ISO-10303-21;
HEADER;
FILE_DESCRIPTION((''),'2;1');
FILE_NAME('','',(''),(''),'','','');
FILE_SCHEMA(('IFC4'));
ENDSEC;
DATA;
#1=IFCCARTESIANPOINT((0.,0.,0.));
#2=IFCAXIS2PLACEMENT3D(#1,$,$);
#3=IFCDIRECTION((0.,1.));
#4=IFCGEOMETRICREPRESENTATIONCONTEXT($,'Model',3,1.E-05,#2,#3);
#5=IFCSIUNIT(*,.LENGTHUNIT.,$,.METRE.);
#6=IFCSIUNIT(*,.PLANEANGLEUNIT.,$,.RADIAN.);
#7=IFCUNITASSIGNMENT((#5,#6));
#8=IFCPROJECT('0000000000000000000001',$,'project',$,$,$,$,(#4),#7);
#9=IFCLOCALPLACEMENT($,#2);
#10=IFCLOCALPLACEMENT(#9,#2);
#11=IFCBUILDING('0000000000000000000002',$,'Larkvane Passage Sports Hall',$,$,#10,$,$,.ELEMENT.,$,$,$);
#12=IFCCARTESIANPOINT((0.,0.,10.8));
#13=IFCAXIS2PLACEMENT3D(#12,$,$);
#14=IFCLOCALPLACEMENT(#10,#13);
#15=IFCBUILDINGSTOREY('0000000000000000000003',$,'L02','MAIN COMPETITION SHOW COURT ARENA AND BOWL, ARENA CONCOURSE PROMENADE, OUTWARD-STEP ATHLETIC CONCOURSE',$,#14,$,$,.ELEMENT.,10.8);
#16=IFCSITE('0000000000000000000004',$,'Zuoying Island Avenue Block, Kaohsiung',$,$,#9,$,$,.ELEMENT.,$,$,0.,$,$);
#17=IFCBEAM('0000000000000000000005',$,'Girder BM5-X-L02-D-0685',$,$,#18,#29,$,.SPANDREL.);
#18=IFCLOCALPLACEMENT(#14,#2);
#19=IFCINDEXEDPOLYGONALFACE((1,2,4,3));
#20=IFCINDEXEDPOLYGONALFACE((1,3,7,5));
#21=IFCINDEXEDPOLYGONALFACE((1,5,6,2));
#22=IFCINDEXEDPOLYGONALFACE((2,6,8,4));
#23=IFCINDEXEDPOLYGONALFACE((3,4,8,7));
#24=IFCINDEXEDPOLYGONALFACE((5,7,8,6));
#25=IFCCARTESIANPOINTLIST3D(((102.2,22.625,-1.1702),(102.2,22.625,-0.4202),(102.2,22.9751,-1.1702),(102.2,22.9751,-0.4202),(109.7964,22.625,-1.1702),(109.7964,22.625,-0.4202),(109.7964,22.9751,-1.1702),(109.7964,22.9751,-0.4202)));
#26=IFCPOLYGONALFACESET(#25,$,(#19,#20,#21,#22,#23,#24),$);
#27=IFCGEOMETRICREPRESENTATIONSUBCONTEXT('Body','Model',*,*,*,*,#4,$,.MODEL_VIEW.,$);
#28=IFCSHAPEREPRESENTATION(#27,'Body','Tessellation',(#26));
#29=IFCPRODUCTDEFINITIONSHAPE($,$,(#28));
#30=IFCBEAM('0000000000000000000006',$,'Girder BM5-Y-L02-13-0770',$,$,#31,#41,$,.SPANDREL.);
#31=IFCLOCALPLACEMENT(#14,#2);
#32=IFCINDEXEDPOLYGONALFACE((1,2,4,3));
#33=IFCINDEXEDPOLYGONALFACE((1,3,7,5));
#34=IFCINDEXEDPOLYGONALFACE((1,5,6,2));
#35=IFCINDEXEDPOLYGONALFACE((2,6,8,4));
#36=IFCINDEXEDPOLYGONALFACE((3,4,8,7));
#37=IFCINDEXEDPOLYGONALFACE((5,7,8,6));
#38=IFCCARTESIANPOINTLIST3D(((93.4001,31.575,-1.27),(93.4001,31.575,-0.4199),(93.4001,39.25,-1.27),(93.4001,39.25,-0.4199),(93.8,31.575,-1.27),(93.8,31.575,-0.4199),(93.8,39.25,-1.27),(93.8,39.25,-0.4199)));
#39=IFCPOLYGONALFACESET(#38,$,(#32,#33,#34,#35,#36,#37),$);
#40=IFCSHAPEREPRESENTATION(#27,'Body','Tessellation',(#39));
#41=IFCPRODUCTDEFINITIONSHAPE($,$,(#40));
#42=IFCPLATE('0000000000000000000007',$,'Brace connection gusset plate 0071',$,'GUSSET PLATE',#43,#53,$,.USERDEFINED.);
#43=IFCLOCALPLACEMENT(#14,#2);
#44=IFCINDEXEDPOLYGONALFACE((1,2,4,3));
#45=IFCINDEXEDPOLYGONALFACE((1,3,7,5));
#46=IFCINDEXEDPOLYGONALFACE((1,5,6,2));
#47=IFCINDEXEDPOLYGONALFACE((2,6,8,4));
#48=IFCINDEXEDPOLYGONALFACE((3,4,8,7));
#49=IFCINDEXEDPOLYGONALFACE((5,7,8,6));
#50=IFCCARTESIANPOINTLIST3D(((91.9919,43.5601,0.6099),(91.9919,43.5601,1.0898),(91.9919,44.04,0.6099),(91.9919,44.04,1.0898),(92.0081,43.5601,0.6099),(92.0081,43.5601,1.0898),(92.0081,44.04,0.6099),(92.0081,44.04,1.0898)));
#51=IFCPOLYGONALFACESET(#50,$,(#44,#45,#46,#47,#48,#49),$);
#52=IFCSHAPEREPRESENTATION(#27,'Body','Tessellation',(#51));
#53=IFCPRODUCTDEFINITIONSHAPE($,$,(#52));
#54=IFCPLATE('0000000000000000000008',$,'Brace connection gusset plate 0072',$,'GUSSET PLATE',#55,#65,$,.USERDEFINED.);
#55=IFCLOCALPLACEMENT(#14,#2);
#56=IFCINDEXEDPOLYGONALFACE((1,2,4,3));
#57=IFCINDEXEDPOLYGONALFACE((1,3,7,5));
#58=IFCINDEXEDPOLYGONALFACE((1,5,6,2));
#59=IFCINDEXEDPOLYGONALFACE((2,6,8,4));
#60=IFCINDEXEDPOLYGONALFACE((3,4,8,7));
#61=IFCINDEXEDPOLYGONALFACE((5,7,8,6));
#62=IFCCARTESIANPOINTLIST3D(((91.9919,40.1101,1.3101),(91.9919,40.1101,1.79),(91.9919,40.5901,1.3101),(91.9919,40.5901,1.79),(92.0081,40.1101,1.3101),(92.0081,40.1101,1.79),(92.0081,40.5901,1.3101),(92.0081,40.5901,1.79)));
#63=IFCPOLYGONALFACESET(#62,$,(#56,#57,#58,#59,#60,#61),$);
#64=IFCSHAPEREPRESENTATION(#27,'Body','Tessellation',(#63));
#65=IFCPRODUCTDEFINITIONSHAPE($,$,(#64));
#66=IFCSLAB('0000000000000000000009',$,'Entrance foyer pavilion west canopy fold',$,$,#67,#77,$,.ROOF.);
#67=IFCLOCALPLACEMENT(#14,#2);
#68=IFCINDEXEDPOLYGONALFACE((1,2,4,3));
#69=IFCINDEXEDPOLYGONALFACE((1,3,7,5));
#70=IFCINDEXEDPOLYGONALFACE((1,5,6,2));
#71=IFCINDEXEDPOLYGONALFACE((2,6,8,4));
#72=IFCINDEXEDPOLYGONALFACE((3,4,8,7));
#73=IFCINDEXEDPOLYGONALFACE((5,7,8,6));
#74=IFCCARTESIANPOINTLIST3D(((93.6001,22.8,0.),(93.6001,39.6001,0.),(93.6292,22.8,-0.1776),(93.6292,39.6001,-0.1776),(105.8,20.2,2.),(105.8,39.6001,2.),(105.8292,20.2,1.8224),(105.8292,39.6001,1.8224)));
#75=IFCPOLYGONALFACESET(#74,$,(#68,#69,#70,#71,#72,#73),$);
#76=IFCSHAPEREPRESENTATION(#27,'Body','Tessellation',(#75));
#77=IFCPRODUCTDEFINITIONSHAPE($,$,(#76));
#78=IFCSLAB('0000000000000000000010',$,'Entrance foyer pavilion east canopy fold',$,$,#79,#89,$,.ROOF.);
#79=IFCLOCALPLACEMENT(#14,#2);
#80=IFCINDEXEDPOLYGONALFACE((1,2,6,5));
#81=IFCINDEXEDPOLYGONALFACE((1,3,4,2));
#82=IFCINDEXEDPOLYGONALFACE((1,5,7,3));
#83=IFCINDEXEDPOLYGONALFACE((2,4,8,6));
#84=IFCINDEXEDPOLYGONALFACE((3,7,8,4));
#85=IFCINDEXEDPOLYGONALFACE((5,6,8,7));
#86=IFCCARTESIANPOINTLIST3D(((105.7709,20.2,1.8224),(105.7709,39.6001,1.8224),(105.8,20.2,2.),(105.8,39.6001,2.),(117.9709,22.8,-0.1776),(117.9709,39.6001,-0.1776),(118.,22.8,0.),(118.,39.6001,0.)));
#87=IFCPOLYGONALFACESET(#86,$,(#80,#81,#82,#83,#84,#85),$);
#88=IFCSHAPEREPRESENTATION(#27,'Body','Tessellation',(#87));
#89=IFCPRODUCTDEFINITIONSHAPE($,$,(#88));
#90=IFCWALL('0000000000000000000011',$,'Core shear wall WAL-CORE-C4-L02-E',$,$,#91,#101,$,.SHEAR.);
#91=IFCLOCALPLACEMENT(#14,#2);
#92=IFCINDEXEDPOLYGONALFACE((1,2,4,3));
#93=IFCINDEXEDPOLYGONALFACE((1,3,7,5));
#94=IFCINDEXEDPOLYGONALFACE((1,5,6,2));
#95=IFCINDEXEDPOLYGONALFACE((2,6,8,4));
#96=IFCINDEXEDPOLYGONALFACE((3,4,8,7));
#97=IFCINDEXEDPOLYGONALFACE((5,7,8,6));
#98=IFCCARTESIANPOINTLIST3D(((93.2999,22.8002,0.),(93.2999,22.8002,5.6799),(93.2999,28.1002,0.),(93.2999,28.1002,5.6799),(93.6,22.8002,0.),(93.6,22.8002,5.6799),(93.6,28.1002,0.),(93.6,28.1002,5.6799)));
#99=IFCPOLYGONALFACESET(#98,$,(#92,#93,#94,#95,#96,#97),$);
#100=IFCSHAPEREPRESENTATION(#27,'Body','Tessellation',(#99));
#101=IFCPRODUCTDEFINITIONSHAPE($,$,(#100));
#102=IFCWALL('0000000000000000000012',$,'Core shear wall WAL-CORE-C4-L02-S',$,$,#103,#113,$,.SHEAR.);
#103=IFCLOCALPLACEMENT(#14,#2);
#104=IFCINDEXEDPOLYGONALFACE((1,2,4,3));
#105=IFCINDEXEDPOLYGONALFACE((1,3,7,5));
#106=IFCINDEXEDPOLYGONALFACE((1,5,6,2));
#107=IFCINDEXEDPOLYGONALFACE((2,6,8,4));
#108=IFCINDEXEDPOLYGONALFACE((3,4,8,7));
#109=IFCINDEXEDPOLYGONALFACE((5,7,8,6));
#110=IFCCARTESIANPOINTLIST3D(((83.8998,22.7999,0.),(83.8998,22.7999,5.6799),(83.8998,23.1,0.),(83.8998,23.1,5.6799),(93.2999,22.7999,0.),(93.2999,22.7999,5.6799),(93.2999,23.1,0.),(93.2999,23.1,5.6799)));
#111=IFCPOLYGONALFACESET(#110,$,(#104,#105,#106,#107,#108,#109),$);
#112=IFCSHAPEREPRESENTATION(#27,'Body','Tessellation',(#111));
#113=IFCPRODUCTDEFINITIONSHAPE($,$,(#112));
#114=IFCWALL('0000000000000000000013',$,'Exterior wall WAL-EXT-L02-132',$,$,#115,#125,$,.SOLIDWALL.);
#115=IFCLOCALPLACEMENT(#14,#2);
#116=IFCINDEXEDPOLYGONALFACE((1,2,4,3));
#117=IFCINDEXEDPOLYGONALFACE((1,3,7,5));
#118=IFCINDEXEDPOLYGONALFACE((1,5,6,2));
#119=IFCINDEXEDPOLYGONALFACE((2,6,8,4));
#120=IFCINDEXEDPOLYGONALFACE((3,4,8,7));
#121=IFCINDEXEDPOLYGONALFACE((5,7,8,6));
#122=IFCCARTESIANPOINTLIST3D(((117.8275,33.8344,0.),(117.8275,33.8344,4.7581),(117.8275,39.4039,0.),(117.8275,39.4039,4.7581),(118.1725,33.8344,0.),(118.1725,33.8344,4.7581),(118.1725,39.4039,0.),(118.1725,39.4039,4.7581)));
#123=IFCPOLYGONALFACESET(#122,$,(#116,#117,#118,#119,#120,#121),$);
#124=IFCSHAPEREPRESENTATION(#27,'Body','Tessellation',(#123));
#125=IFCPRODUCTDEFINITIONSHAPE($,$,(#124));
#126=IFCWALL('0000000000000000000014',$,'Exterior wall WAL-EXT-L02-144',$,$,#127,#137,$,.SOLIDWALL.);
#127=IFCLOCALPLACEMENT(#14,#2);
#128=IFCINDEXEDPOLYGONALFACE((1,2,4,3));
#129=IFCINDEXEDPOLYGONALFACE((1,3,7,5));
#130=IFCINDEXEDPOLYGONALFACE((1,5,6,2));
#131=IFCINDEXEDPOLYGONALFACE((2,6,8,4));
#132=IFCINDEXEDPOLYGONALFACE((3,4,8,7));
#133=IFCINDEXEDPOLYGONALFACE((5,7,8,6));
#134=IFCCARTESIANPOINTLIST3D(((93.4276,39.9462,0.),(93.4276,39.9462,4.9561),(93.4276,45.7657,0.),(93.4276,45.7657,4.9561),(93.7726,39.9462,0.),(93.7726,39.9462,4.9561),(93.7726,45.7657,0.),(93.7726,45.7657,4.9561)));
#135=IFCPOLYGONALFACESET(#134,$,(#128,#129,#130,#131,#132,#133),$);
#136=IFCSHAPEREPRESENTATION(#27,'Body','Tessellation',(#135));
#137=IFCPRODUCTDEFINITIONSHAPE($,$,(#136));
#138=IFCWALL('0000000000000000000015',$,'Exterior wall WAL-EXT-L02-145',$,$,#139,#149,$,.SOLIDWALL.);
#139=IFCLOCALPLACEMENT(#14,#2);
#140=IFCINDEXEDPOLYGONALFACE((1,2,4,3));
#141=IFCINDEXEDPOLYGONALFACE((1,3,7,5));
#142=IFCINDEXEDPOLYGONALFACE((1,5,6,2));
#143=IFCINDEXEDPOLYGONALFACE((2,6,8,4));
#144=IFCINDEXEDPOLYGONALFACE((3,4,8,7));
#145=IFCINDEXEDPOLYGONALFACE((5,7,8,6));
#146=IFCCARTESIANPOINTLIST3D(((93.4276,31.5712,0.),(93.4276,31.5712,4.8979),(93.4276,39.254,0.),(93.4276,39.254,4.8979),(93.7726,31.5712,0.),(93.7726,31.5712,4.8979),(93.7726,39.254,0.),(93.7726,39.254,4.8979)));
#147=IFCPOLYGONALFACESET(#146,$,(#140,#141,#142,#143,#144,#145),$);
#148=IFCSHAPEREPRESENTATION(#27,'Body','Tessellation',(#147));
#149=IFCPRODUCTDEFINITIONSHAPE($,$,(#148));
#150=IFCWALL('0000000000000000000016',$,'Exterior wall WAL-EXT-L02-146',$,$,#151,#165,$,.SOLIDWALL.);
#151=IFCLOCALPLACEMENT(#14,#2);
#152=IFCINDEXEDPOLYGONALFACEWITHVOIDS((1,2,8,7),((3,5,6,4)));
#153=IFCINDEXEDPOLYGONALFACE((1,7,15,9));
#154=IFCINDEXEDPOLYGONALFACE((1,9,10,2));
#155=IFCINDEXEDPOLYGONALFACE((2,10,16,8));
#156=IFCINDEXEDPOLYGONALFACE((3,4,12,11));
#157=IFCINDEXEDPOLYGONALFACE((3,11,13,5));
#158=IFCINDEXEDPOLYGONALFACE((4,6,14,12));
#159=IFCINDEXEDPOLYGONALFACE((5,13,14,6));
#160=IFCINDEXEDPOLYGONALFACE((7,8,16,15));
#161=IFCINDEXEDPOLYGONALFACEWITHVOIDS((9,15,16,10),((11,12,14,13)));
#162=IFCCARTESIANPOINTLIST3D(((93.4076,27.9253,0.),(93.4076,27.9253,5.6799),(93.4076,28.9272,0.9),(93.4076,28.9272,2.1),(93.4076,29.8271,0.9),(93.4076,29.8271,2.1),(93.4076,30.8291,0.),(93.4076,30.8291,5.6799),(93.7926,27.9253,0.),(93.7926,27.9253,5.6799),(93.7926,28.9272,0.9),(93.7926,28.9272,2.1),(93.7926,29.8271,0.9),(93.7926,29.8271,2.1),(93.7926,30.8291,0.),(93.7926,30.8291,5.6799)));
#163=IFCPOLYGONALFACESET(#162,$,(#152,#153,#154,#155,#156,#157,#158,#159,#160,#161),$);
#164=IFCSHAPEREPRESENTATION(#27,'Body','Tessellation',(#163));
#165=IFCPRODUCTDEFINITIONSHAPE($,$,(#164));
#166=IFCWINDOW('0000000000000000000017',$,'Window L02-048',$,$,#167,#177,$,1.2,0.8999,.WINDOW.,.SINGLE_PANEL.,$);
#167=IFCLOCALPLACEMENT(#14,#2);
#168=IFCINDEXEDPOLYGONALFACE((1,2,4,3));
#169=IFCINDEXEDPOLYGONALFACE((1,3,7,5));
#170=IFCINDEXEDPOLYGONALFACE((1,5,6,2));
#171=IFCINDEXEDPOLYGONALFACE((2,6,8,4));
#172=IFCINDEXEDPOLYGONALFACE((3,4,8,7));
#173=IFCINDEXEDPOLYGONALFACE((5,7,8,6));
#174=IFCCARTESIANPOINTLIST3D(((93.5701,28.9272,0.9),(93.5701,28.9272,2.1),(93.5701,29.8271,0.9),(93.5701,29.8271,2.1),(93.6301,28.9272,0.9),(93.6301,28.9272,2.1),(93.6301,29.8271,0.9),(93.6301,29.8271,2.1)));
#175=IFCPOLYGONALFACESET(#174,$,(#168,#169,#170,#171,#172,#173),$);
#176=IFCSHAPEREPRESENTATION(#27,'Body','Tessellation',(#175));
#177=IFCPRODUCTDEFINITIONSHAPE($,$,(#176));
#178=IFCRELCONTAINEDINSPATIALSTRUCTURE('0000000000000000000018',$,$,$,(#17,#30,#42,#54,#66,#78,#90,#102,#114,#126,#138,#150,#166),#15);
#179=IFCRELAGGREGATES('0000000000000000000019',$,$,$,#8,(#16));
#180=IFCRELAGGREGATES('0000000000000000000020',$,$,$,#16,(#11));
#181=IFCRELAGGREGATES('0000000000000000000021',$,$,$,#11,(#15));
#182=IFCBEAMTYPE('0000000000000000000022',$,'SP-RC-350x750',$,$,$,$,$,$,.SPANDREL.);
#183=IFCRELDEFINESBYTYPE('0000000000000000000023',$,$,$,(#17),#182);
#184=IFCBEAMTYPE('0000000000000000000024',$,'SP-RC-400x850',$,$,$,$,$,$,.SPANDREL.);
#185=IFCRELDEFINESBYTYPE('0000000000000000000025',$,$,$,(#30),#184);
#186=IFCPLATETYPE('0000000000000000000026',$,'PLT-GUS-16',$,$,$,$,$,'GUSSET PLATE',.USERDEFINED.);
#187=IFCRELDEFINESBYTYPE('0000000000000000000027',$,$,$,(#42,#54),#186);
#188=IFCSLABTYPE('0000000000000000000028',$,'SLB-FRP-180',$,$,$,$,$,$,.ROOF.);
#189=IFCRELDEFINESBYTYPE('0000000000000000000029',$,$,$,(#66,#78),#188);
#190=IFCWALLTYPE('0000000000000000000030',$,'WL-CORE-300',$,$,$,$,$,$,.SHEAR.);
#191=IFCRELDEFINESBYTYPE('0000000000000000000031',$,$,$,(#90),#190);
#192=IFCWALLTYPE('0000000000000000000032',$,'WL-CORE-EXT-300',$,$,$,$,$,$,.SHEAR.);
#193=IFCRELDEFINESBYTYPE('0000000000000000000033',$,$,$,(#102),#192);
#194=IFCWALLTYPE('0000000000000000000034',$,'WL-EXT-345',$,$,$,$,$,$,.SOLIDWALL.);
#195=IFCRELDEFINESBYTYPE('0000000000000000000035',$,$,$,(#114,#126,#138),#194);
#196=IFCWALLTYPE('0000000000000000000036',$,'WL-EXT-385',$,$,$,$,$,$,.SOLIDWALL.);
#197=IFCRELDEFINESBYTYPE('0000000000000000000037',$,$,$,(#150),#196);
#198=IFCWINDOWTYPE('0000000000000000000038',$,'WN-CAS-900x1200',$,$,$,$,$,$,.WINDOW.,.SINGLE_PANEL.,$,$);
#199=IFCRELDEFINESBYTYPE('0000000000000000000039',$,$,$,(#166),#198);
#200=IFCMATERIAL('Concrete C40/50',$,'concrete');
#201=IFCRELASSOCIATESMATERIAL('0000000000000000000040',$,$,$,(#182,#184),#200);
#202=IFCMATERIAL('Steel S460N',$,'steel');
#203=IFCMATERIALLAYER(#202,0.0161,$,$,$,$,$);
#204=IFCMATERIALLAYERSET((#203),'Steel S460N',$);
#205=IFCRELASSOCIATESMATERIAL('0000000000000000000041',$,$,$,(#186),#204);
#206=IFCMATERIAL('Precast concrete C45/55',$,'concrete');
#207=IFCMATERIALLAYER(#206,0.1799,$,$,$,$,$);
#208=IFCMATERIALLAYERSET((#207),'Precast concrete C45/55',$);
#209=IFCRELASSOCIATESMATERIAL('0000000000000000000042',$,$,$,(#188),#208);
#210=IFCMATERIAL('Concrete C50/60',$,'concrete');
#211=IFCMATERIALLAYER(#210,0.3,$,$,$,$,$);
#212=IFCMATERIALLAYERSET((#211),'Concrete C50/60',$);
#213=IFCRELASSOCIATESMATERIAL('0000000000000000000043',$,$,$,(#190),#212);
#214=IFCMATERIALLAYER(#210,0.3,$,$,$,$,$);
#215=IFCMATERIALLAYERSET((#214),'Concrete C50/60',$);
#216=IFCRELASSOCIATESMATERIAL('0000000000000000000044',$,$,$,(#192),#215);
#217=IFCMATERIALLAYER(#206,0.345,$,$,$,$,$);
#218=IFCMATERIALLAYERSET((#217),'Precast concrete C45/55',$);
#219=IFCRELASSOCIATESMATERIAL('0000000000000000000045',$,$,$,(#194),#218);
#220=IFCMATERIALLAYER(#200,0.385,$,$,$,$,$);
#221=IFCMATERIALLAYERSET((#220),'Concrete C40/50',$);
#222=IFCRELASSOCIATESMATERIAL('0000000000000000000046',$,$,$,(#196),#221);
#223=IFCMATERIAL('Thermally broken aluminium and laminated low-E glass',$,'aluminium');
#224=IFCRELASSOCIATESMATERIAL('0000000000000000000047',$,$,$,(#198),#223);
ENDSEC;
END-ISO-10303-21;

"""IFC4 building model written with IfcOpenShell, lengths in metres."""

from ifc_helpers import new_model, si_unit, direction, frame, frame_2d, origin, origin_2d, place, context, subcontext, project, spatial, polyline, rectangle, outline, extrude, material, layer, layer_set, material_profile, profile_set, type_object, element, fill, save


model = new_model("IFC4")

# Units and contexts
model_context = context("Model", 3, precision=1e-05, world=origin(), true_north=direction((0.0, 1.0)))
body_context = subcontext(model_context, "Body", "Model", "MODEL_VIEW")
ifc_project = project(units=[si_unit("LENGTHUNIT", "METRE"), si_unit("PLANEANGLEUNIT", "RADIAN")], contexts=[model_context])

# Site, building, storey
site_placement = place(None, origin())
site = spatial("IfcSite", under=ifc_project, at=site_placement, Name="Zuoying Island Avenue Block, Kaohsiung", CompositionType="ELEMENT", RefElevation=0.0)
building_placement = place(site_placement, origin())
building = spatial("IfcBuilding", under=site, at=building_placement, Name="Larkvane Passage Sports Hall", CompositionType="ELEMENT")
storey_placement = place(building_placement, frame((0.0, 0.0, 10.8)))
storey = spatial("IfcBuildingStorey", under=building, at=storey_placement, Name="L02", Description="MAIN COMPETITION SHOW COURT ARENA AND BOWL, ARENA CONCOURSE PROMENADE, OUTWARD-STEP ATHLETIC CONCOURSE", CompositionType="ELEMENT", Elevation=10.8)

# Shared definitions
ifc_material_1 = material(Name="Concrete C40/50", Category="concrete")
ifc_material_2 = material(Name="Steel S460N", Category="steel")

# Beams
ifc_material_profile_1 = material_profile(ifc_material_1, rectangle(XDim=0.3501, YDim=0.75, at=origin_2d()), Name="RC-SP-350x750")
ifc_profile_set_1 = profile_set([ifc_material_profile_1], Name="Concrete C40/50")
beam_type_1 = type_object("IfcBeamType", Name="SP-RC-350x750", PredefinedType="SPANDREL", material=ifc_profile_set_1)
beam_1_placement = place(storey_placement, frame((102.2, 22.8, -0.7952), z_axis=(1.0, 0.0, 0.0), x_axis=(0.0, 1.0, 0.0)))
element("IfcBeam", 1, at=beam_1_placement, inside=storey, type_object=beam_type_1, Name="Girder BM5-X-L02-D-0685", PredefinedType="SPANDREL", context=body_context, shape_type="SweptSolid", body=[
    extrude(rectangle(XDim=0.3501, YDim=0.75, at=origin_2d()), origin(), (0.0, 0.0, 1.0), 7.5964),
])
ifc_material_profile_2 = material_profile(ifc_material_1, rectangle(XDim=0.3999, YDim=0.8501, at=origin_2d()), Name="RC-SP-400x850")
ifc_profile_set_2 = profile_set([ifc_material_profile_2], Name="Concrete C40/50")
beam_type_2 = type_object("IfcBeamType", Name="SP-RC-400x850", PredefinedType="SPANDREL", material=ifc_profile_set_2)
beam_2_placement = place(storey_placement, frame((93.6001, 31.575, -0.845), z_axis=(0.0, 1.0, 0.0), x_axis=(-1.0, 0.0, 0.0)))
element("IfcBeam", 2, at=beam_2_placement, inside=storey, type_object=beam_type_2, Name="Girder BM5-Y-L02-13-0770", PredefinedType="SPANDREL", context=body_context, shape_type="SweptSolid", body=[
    extrude(rectangle(XDim=0.3999, YDim=0.8501, at=origin_2d()), origin(), (0.0, 0.0, 1.0), 7.675),
])

# Plates
ifc_layer_1 = layer(ifc_material_2, 0.0161)
ifc_layer_set_1 = layer_set([ifc_layer_1], Name="Steel S460N")
plate_type = type_object("IfcPlateType", Name="PLT-GUS-16", ElementType="GUSSET PLATE", PredefinedType="USERDEFINED", material=ifc_layer_set_1)
for number, where, z_axis, x_axis, name in (
    (3, (92.0, 43.8, 0.6099), (0.0, 0.0, 1.0), (0.0, -1.0, 0.0), "Brace connection gusset plate 0071"),
    (4, (92.0, 40.3501, 1.3101), (0.0, 0.0, 1.0), (0.0, -1.0, 0.0), "Brace connection gusset plate 0072"),
):
    element("IfcPlate", number, at=place(storey_placement, frame(where, z_axis=z_axis, x_axis=x_axis)), inside=storey, type_object=plate_type, Name=name, ObjectType="GUSSET PLATE", PredefinedType="USERDEFINED", context=body_context, shape_type="SweptSolid", body=[
        extrude(rectangle(XDim=0.48, YDim=0.0161, at=origin_2d()), origin(), (0.0, 0.0, 1.0), 0.48),
    ])

# Slabs
ifc_material_3 = material(Name="Precast concrete C45/55", Category="concrete")
ifc_layer_2 = layer(ifc_material_3, 0.1799)
ifc_layer_set_2 = layer_set([ifc_layer_2], Name="Precast concrete C45/55")
slab_type = type_object("IfcSlabType", Name="SLB-FRP-180", PredefinedType="ROOF", material=ifc_layer_set_2)
slab_1_placement = place(storey_placement, frame((93.6001, 22.8, 0.0), z_axis=(-0.161776, 0.0, 0.986828), x_axis=(0.965701, -0.205814, 0.158312)))
element("IfcSlab", 5, at=slab_1_placement, inside=storey, type_object=slab_type, Name="Entrance foyer pavilion west canopy fold", PredefinedType="ROOF", context=body_context, shape_type="SweptSolid", body=[
    extrude(outline(polyline([(0.0, 0.0), (12.6333, 0.0), (8.6404, 18.9848), (-3.4577, 16.4404), (0.0, 0.0)])), origin(), (0.0, 0.0, -1.0), 0.1799),
])
slab_2_placement = place(storey_placement, frame((105.8, 20.2, 2.0), z_axis=(0.161776, 0.0, 0.986828), x_axis=(0.965701, 0.205814, -0.158312)))
element("IfcSlab", 6, at=slab_2_placement, inside=storey, type_object=slab_type, Name="Entrance foyer pavilion east canopy fold", PredefinedType="ROOF", context=body_context, shape_type="SweptSolid", body=[
    extrude(outline(polyline([(0.0, 0.0), (12.6333, 0.0), (16.0909, 16.4404), (3.9928, 18.9848), (0.0, 0.0)])), origin(), (0.0, 0.0, -1.0), 0.1799),
])

# Walls
ifc_material_4 = material(Name="Concrete C50/60", Category="concrete")
ifc_layer_3 = layer(ifc_material_4, 0.3)
ifc_layer_set_3 = layer_set([ifc_layer_3], Name="Concrete C50/60")
wall_type_1 = type_object("IfcWallType", Name="WL-CORE-300", PredefinedType="SHEAR", material=ifc_layer_set_3)
wall_1_placement = place(storey_placement, frame((93.45, 28.1001, 0.0), z_axis=(0.0, 0.0, 1.0), x_axis=(0.0, -1.0, 0.0)))
element("IfcWall", 7, at=wall_1_placement, inside=storey, type_object=wall_type_1, Name="Core shear wall WAL-CORE-C4-L02-E", PredefinedType="SHEAR", context=body_context, shape_type="SweptSolid", body=[
    extrude(rectangle(XDim=5.3, YDim=0.3, at=frame_2d((2.6499, 0.0))), origin(), (0.0, 0.0, 1.0), 5.6799),
])
ifc_layer_4 = layer(ifc_material_4, 0.3)
ifc_layer_set_4 = layer_set([ifc_layer_4], Name="Concrete C50/60")
wall_type_2 = type_object("IfcWallType", Name="WL-CORE-EXT-300", PredefinedType="SHEAR", material=ifc_layer_set_4)
wall_2_placement = place(storey_placement, frame((93.3, 22.95, 0.0), z_axis=(0.0, 0.0, 1.0), x_axis=(-1.0, 0.0, 0.0)))
element("IfcWall", 8, at=wall_2_placement, inside=storey, type_object=wall_type_2, Name="Core shear wall WAL-CORE-C4-L02-S", PredefinedType="SHEAR", context=body_context, shape_type="SweptSolid", body=[
    extrude(rectangle(XDim=9.4001, YDim=0.3, at=frame_2d((4.7002, 0.0))), origin(), (0.0, 0.0, 1.0), 5.6799),
])
ifc_layer_5 = layer(ifc_material_3, 0.345)
ifc_layer_set_5 = layer_set([ifc_layer_5], Name="Precast concrete C45/55")
wall_type_3 = type_object("IfcWallType", Name="WL-EXT-345", PredefinedType="SOLIDWALL", material=ifc_layer_set_5)
wall_3_placement = place(storey_placement, frame((118.0, 33.8345, 0.0), z_axis=(0.0, 0.0, 1.0), x_axis=(0.0, 1.0, 0.0)))
element("IfcWall", 9, at=wall_3_placement, inside=storey, type_object=wall_type_3, Name="Exterior wall WAL-EXT-L02-132", PredefinedType="SOLIDWALL", context=body_context, shape_type="SweptSolid", body=[
    extrude(rectangle(XDim=5.5696, YDim=0.345, at=frame_2d((2.7847, 0.0))), origin(), (0.0, 0.0, 1.0), 4.7581),
])
wall_4_placement = place(storey_placement, frame((93.6001, 45.7656, 0.0), z_axis=(0.0, 0.0, 1.0), x_axis=(0.0, -1.0, 0.0)))
element("IfcWall", 10, at=wall_4_placement, inside=storey, type_object=wall_type_3, Name="Exterior wall WAL-EXT-L02-144", PredefinedType="SOLIDWALL", context=body_context, shape_type="SweptSolid", body=[
    extrude(rectangle(XDim=5.8196, YDim=0.345, at=frame_2d((2.9097, 0.0))), origin(), (0.0, 0.0, 1.0), 4.9561),
])
wall_5_placement = place(storey_placement, frame((93.6001, 39.2539, 0.0), z_axis=(0.0, 0.0, 1.0), x_axis=(0.0, -1.0, 0.0)))
element("IfcWall", 11, at=wall_5_placement, inside=storey, type_object=wall_type_3, Name="Exterior wall WAL-EXT-L02-145", PredefinedType="SOLIDWALL", context=body_context, shape_type="SweptSolid", body=[
    extrude(rectangle(XDim=7.6829, YDim=0.345, at=frame_2d((3.8413, 0.0))), origin(), (0.0, 0.0, 1.0), 4.8979),
])

# Wall, opening, window
ifc_layer_6 = layer(ifc_material_1, 0.385)
ifc_layer_set_6 = layer_set([ifc_layer_6], Name="Concrete C40/50")
wall_type_4 = type_object("IfcWallType", Name="WL-EXT-385", PredefinedType="SOLIDWALL", material=ifc_layer_set_6)
wall_6_placement = place(storey_placement, frame((93.6001, 30.8291, 0.0), z_axis=(0.0, 0.0, 1.0), x_axis=(0.0, -1.0, 0.0)))
wall_6 = element("IfcWall", 12, at=wall_6_placement, inside=storey, type_object=wall_type_4, Name="Exterior wall WAL-EXT-L02-146", PredefinedType="SOLIDWALL", context=body_context, shape_type="SweptSolid", body=[
    extrude(rectangle(XDim=2.9038, YDim=0.385, at=frame_2d((1.4519, 0.0))), origin(), (0.0, 0.0, 1.0), 5.6799),
])
opening_placement = place(wall_6_placement, frame((1.002, 0.0, 0.8999)))
opening = element("IfcOpeningElement", 13, at=opening_placement, cuts=wall_6, PredefinedType="OPENING", context=body_context, shape_type="SweptSolid", body=[
    extrude(rectangle(XDim=0.8999, YDim=1.2, at=frame_2d((0.45, 0.6001))), frame((0.0, 0.2024, 0.0), z_axis=(0.0, -1.0, 0.0), x_axis=(1.0, 0.0, 0.0)), (0.0, 0.0, 1.0), 0.405),
])
ifc_material_5 = material(Name="Thermally broken aluminium and laminated low-E glass", Category="aluminium")
window_type = type_object("IfcWindowType", Name="WN-CAS-900x1200", PartitioningType="SINGLE_PANEL", PredefinedType="WINDOW", material=ifc_material_5)
window_placement = place(opening_placement, origin())
window = element("IfcWindow", 14, at=window_placement, inside=storey, type_object=window_type, Name="Window L02-048", OverallHeight=1.2, OverallWidth=0.8999, PartitioningType="SINGLE_PANEL", PredefinedType="WINDOW", context=body_context, shape_type="SweptSolid", body=[
    extrude(rectangle(XDim=0.8999, YDim=1.2, at=frame_2d((0.45, 0.6001))), frame((0.0, 0.03, 0.0), z_axis=(0.0, -1.0, 0.0), x_axis=(1.0, 0.0, 0.0)), (0.0, 0.0, 1.0), 0.0601),
])
fill(opening, window)

save(model, "model.ifc")
